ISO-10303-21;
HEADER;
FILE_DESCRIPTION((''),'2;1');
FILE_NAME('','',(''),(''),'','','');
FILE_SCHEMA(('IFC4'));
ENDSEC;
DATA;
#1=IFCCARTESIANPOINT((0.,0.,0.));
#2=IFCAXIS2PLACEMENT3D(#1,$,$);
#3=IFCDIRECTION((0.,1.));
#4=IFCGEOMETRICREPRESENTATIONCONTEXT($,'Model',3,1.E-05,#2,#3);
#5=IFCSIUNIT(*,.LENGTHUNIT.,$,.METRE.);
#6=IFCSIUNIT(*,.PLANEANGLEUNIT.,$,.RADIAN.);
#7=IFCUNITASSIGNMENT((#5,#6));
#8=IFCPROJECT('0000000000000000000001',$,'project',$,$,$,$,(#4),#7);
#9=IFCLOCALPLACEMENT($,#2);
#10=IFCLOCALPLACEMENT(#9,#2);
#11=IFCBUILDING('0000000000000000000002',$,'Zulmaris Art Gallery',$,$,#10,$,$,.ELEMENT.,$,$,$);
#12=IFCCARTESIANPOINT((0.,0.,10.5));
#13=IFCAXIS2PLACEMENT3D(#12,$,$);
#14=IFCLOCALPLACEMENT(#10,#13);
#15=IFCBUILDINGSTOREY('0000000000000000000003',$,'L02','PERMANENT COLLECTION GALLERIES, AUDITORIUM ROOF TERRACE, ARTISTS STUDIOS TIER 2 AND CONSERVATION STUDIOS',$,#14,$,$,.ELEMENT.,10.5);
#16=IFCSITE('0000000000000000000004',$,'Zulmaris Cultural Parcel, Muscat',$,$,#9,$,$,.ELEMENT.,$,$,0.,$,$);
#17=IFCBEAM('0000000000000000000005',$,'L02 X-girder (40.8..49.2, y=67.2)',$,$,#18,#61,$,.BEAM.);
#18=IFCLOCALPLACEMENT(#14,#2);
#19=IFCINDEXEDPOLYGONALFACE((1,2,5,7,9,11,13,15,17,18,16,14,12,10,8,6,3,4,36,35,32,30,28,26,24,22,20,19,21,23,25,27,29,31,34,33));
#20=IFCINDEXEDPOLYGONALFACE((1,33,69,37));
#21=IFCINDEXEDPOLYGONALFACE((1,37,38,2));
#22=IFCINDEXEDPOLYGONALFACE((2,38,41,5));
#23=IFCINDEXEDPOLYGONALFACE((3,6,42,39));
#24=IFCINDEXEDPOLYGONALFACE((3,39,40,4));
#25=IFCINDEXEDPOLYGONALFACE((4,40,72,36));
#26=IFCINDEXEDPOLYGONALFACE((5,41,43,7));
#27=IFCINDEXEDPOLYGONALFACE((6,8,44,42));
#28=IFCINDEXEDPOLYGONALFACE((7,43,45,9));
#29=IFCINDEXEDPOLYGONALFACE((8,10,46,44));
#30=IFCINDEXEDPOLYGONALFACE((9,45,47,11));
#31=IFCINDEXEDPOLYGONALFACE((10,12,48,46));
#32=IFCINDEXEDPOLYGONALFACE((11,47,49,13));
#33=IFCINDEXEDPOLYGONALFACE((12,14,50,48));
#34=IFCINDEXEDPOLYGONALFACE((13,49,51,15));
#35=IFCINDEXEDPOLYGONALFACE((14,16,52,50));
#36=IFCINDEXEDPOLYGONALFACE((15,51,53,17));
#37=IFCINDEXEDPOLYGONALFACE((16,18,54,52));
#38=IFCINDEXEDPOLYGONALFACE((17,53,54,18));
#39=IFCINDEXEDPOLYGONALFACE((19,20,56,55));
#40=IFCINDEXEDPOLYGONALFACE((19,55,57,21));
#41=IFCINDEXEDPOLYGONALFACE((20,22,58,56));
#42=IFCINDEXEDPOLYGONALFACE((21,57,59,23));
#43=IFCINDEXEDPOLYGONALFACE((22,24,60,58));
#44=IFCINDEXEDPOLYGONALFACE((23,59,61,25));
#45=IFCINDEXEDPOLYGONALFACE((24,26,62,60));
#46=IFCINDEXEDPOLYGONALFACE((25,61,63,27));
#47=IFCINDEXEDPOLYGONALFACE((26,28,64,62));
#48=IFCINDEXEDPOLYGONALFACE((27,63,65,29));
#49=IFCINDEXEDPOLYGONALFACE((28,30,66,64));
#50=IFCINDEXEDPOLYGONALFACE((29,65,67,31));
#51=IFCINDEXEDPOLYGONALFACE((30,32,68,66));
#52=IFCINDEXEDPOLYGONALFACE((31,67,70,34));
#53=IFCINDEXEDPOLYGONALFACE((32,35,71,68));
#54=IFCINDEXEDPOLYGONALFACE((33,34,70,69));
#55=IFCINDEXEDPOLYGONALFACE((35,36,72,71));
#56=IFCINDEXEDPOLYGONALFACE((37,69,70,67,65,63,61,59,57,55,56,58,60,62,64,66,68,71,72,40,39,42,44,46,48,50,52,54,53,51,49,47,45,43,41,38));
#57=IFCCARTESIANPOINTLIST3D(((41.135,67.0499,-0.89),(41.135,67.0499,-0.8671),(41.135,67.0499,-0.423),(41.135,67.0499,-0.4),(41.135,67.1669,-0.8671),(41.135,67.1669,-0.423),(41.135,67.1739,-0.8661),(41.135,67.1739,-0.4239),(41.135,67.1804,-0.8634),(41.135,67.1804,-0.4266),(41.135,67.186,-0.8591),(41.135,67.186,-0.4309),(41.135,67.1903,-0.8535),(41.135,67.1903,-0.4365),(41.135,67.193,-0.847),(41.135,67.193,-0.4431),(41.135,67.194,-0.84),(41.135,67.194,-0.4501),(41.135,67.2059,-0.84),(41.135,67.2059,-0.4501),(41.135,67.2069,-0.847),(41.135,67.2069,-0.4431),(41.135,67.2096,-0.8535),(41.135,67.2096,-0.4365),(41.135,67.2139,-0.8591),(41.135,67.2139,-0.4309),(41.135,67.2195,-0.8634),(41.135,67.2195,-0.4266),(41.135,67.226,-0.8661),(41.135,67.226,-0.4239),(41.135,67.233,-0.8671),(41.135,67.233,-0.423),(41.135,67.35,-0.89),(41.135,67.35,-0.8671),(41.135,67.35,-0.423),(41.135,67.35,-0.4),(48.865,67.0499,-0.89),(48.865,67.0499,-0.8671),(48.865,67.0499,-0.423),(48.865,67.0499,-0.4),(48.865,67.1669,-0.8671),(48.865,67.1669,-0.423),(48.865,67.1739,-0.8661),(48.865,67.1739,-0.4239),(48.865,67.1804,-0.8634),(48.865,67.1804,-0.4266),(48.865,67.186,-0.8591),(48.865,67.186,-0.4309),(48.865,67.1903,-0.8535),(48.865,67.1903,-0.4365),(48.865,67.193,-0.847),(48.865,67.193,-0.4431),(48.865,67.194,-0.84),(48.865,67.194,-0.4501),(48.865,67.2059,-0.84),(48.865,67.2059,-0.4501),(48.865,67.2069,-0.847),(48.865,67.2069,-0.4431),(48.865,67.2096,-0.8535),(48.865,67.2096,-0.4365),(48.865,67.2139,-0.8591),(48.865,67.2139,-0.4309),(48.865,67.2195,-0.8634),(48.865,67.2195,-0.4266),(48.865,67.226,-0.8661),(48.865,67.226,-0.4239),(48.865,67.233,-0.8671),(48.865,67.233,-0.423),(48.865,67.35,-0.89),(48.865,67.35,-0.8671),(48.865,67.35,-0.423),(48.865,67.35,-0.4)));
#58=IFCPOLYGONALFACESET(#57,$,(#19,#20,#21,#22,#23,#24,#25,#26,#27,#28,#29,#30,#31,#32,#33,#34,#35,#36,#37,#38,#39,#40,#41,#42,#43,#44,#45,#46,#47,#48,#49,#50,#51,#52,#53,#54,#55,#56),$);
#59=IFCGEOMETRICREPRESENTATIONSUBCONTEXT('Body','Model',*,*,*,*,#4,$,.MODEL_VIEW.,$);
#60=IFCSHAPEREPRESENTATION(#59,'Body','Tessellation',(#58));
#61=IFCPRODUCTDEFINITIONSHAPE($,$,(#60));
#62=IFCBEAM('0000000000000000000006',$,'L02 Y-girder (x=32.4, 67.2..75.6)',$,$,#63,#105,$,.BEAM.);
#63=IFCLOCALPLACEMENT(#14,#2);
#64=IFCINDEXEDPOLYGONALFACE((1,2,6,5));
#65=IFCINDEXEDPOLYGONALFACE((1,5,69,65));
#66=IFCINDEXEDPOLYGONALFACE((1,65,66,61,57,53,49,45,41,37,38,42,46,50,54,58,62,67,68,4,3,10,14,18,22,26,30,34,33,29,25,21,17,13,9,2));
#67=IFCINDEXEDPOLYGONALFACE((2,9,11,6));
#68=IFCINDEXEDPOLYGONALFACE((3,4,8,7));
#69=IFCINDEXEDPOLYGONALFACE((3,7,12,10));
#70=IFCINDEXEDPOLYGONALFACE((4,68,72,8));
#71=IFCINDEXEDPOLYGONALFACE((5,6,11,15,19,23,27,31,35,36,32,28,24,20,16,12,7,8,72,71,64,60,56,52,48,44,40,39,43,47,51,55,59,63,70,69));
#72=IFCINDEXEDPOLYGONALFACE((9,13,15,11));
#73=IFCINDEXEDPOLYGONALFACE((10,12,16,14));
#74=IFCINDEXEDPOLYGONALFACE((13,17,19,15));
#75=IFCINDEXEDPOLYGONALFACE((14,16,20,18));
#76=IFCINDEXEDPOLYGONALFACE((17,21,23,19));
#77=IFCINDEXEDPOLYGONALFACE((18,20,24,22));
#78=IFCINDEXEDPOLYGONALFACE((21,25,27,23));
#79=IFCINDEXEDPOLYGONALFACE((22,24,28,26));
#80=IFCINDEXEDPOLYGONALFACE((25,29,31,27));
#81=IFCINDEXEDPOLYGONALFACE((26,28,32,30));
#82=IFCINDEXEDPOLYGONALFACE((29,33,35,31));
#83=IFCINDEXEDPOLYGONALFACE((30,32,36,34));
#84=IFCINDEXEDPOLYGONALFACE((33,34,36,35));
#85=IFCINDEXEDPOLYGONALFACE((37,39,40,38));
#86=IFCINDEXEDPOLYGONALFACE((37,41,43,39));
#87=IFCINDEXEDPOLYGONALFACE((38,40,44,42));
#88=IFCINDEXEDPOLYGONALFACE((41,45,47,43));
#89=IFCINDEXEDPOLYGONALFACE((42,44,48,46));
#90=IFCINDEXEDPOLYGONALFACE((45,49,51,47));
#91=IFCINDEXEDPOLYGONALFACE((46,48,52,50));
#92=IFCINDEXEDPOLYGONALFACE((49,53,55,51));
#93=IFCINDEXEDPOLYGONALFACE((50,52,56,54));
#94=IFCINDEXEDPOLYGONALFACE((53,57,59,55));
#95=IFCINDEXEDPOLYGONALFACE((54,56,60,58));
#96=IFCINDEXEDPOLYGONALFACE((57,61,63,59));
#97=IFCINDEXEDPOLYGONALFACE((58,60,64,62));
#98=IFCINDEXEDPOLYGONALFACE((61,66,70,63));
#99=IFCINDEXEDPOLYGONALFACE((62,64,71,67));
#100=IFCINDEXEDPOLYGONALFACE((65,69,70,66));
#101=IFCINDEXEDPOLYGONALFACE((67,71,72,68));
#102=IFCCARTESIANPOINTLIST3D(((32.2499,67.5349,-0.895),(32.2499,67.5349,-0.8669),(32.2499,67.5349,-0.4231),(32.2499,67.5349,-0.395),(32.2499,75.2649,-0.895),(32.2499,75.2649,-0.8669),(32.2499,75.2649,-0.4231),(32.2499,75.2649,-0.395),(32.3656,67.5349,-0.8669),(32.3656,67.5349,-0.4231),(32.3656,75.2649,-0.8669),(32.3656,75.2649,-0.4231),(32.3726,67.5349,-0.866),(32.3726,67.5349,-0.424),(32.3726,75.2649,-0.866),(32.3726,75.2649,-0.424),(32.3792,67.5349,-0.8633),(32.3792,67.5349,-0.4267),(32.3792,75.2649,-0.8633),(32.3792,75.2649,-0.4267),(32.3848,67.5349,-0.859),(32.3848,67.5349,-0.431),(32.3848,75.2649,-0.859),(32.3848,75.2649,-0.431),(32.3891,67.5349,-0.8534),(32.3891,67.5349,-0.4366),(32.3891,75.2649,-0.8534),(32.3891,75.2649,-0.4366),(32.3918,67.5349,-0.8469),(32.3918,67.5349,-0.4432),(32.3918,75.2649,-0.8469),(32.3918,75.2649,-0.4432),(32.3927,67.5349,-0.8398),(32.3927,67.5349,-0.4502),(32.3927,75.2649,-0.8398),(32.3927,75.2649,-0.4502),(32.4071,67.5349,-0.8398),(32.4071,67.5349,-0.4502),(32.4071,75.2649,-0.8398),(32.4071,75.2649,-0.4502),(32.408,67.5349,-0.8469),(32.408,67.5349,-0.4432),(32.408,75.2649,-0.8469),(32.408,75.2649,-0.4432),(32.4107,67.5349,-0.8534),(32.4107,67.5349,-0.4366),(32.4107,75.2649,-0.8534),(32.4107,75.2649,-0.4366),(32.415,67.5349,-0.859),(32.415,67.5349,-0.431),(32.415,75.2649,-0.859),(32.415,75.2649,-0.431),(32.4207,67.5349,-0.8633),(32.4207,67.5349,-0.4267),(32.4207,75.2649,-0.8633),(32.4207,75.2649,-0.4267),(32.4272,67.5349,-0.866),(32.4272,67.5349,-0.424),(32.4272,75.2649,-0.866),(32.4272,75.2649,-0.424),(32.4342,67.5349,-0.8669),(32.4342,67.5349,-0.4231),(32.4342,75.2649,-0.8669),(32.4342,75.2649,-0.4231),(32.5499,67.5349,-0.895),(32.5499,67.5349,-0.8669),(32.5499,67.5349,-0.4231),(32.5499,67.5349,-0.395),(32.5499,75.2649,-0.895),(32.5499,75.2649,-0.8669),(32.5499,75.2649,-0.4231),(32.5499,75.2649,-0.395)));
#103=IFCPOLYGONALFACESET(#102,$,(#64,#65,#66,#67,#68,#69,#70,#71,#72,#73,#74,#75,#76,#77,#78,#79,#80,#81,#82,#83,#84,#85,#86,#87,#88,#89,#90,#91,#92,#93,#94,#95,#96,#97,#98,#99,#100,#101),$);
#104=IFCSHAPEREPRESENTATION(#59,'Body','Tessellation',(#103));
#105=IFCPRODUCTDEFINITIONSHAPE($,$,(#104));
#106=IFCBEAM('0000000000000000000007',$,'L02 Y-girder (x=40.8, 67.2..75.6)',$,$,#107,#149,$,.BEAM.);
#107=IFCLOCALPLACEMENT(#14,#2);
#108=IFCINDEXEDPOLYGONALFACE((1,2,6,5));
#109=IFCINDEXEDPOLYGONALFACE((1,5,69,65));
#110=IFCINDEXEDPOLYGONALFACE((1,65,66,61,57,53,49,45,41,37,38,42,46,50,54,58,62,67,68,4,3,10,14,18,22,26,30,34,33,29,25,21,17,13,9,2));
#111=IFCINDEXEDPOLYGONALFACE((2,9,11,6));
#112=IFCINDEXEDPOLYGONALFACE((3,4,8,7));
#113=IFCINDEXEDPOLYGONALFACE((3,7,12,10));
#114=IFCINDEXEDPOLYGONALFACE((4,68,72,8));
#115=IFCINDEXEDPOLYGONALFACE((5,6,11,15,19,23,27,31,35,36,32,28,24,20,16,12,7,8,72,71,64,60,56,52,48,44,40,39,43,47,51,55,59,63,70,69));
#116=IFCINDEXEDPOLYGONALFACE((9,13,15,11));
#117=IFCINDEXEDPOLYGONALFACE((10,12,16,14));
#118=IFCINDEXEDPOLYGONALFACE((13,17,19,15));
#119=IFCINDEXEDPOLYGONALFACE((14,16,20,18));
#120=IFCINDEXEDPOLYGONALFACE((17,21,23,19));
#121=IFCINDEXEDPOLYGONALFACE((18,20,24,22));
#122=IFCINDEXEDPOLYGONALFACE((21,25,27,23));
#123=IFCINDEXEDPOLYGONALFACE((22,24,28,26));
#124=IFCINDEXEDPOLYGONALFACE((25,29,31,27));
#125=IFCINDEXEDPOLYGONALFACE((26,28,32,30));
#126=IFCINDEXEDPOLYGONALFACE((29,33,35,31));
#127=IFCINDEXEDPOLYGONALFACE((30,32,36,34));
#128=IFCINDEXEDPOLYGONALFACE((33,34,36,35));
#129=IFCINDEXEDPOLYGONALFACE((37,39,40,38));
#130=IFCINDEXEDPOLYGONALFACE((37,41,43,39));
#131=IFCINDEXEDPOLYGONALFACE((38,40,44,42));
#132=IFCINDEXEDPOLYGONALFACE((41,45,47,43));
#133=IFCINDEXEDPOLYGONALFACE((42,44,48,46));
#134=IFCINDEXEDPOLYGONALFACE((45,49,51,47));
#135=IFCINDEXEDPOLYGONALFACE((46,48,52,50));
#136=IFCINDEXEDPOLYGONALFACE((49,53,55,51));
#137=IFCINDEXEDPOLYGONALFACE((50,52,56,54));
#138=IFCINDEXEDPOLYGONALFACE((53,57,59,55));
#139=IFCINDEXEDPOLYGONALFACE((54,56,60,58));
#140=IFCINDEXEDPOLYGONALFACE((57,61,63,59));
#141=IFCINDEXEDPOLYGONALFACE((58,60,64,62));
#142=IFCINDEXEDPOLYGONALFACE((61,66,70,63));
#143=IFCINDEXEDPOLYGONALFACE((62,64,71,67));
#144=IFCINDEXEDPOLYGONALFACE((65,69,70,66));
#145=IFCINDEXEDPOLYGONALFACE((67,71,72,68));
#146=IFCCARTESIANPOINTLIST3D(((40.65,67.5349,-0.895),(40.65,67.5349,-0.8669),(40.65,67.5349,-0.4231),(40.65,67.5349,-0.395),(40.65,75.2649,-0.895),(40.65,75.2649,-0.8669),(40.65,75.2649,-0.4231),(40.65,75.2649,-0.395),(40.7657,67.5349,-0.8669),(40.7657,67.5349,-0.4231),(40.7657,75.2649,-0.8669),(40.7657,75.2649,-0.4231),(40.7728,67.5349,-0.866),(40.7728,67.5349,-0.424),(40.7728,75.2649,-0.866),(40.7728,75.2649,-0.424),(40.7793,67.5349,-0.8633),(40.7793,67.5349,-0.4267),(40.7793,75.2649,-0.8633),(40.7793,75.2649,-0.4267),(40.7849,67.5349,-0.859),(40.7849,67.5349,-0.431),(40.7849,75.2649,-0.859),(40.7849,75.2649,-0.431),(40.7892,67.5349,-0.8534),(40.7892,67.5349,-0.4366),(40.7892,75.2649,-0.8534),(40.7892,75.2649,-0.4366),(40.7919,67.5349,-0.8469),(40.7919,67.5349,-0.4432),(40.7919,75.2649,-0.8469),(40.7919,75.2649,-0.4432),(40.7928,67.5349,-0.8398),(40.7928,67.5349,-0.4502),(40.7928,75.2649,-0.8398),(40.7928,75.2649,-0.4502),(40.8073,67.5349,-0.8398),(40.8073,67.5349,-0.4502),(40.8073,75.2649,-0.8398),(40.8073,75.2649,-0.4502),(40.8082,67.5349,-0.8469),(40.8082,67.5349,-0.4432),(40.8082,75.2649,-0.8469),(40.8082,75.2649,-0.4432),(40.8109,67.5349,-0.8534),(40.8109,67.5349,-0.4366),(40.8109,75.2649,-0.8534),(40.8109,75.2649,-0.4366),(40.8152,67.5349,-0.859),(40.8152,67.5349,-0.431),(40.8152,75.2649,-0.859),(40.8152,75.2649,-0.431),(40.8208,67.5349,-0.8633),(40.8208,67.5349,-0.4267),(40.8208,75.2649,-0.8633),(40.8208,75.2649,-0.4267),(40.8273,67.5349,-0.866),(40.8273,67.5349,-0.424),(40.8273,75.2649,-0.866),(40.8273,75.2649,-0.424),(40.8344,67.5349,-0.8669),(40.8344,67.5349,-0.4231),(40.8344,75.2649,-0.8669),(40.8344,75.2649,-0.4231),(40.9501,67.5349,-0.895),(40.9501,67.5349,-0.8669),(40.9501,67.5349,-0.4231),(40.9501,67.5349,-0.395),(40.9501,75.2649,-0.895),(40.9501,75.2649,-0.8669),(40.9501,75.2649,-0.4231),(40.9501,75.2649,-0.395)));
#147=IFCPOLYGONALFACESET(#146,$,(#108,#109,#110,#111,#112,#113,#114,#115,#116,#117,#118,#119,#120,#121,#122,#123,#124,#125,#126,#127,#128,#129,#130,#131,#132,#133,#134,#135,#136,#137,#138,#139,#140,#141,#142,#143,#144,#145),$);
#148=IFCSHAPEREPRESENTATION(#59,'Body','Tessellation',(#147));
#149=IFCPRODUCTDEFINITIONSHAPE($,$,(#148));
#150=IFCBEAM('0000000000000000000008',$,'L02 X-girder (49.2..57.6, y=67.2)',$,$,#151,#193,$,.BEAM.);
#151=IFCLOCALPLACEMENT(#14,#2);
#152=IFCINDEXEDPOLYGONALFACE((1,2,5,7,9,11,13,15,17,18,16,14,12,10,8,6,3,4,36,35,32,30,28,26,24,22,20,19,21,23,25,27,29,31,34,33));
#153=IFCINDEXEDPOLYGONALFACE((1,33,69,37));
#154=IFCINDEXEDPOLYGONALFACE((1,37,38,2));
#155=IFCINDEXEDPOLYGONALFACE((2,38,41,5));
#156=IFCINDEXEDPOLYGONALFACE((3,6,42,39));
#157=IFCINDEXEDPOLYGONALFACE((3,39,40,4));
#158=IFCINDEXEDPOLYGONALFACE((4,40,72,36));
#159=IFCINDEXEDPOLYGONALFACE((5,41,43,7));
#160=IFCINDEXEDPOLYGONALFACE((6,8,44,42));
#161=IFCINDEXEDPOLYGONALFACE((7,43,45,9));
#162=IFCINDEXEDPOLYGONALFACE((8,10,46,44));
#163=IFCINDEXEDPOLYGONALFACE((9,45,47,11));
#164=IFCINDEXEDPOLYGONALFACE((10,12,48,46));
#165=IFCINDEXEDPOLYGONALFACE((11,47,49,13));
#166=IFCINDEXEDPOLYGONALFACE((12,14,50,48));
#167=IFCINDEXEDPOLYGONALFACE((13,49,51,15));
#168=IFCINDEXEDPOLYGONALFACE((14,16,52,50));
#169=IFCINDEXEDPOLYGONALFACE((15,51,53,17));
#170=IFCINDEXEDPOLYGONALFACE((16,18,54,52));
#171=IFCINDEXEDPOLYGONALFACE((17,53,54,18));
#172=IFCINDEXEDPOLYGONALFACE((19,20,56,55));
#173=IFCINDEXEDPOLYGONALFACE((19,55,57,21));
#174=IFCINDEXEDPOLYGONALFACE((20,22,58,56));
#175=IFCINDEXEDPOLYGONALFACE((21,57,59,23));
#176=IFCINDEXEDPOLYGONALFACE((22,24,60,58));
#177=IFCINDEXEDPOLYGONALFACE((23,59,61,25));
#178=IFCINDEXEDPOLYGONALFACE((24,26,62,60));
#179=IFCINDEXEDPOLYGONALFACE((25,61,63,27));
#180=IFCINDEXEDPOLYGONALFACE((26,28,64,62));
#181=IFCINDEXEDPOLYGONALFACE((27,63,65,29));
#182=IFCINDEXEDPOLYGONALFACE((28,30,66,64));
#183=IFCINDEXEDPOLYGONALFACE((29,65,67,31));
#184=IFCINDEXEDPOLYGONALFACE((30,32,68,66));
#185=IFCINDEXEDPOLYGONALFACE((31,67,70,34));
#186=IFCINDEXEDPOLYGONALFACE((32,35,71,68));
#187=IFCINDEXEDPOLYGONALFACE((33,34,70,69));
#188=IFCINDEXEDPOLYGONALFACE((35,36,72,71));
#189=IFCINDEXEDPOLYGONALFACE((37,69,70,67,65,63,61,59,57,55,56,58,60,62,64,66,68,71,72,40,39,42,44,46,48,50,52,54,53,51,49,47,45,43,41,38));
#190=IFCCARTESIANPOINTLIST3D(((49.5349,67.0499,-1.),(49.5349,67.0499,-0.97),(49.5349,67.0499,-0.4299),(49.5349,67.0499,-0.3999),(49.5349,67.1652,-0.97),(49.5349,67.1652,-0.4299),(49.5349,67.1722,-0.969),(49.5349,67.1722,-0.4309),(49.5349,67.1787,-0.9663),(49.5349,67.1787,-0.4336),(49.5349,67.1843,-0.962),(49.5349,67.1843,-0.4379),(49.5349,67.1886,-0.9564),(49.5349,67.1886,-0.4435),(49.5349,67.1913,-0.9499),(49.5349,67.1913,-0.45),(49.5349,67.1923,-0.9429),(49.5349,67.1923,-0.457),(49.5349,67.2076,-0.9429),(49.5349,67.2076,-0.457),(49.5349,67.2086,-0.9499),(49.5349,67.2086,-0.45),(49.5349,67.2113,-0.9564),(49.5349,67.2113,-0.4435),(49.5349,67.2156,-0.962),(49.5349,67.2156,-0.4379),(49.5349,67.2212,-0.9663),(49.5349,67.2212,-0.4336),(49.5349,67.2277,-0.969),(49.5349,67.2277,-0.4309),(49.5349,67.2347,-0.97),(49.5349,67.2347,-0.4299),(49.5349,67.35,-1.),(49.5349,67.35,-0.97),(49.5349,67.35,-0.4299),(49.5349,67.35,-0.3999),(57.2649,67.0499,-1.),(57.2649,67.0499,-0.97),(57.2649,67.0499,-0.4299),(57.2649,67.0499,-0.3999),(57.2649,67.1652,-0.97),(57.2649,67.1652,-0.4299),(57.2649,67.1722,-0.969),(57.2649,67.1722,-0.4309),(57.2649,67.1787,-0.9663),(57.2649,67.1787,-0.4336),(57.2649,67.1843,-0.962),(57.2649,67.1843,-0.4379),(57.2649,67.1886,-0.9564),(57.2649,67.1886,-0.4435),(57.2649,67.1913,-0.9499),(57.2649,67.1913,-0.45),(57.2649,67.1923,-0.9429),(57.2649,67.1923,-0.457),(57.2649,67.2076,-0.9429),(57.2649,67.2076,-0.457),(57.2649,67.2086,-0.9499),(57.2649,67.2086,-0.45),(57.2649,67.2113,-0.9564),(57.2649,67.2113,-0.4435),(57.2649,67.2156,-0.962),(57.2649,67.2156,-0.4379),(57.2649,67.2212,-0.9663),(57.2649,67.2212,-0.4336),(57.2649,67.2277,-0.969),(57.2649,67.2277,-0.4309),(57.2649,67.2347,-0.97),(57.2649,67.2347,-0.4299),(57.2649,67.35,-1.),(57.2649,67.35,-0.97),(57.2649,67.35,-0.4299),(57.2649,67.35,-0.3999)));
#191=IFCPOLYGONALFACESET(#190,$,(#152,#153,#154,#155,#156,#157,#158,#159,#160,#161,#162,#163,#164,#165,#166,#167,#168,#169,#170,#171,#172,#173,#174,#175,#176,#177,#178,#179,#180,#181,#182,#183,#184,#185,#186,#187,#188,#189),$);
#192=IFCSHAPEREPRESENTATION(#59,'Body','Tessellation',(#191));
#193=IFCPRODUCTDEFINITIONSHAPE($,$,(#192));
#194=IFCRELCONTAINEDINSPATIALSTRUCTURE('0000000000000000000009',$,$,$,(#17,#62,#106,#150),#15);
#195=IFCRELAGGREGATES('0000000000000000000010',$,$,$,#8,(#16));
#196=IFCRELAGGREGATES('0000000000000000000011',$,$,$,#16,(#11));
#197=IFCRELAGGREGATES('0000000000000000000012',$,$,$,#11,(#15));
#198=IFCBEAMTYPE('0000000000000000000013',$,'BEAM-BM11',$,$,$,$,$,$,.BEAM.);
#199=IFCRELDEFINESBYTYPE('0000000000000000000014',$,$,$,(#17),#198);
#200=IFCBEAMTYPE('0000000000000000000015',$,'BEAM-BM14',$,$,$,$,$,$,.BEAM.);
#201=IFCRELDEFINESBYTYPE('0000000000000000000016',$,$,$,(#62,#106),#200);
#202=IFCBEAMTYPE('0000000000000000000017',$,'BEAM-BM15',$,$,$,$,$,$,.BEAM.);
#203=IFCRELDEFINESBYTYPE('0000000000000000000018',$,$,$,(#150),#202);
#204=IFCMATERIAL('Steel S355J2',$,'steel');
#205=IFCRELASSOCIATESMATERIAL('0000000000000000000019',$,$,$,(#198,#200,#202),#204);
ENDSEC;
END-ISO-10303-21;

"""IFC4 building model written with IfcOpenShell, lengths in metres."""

from ifc_helpers import new_model, si_unit, direction, frame, origin, origin_2d, place, context, subcontext, project, spatial, i_section, extrude, material, material_profile, profile_set, type_object, element, save


model = new_model("IFC4")

# Units and contexts
model_context = context("Model", 3, precision=1e-05, world=origin(), true_north=direction((0.0, 1.0)))
body_context = subcontext(model_context, "Body", "Model", "MODEL_VIEW")
ifc_project = project(units=[si_unit("LENGTHUNIT", "METRE"), si_unit("PLANEANGLEUNIT", "RADIAN")], contexts=[model_context])

# Site, building, storey
site_placement = place(None, origin())
site = spatial("IfcSite", under=ifc_project, at=site_placement, Name="Zulmaris Cultural Parcel, Muscat", CompositionType="ELEMENT", RefElevation=0.0)
building_placement = place(site_placement, origin())
building = spatial("IfcBuilding", under=site, at=building_placement, Name="Zulmaris Art Gallery", CompositionType="ELEMENT")
storey_placement = place(building_placement, frame((0.0, 0.0, 10.5)))
storey = spatial("IfcBuildingStorey", under=building, at=storey_placement, Name="L02", Description="PERMANENT COLLECTION GALLERIES, AUDITORIUM ROOF TERRACE, ARTISTS STUDIOS TIER 2 AND CONSERVATION STUDIOS", CompositionType="ELEMENT", Elevation=10.5)

# Beams
ifc_material_1 = material(Name="Steel S355J2", Category="steel")
ifc_material_profile_1 = material_profile(ifc_material_1, i_section(OverallWidth=0.3, OverallDepth=0.49, WebThickness=0.012, FlangeThickness=0.0229, FilletRadius=0.0271, at=origin_2d()), Name="HEA 500")
ifc_profile_set_1 = profile_set([ifc_material_profile_1], Name="Steel S355J2")
beam_type_1 = type_object("IfcBeamType", Name="BEAM-BM11", PredefinedType="BEAM", material=ifc_profile_set_1)
beam_1_placement = place(storey_placement, frame((41.135, 67.2, -0.645), z_axis=(1.0, 0.0, 0.0), x_axis=(0.0, 1.0, 0.0)))
element("IfcBeam", 1, at=beam_1_placement, inside=storey, type_object=beam_type_1, Name="L02 X-girder (40.8..49.2, y=67.2)", PredefinedType="BEAM", context=body_context, shape_type="SweptSolid", body=[
    extrude(i_section(OverallWidth=0.3, OverallDepth=0.49, WebThickness=0.012, FlangeThickness=0.0229, FilletRadius=0.0271, at=origin_2d()), origin(), (0.0, 0.0, 1.0), 7.73),
])
ifc_material_profile_2 = material_profile(ifc_material_1, i_section(OverallWidth=0.3, OverallDepth=0.5, WebThickness=0.0144, FlangeThickness=0.0281, FilletRadius=0.0271, at=origin_2d()), Name="HEB 500")
ifc_profile_set_2 = profile_set([ifc_material_profile_2], Name="Steel S355J2")
beam_type_2 = type_object("IfcBeamType", Name="BEAM-BM14", PredefinedType="BEAM", material=ifc_profile_set_2)
for number, where, z_axis, x_axis, name in (
    (2, (32.3999, 67.5349, -0.645), (0.0, 1.0, 0.0), (-1.0, 0.0, 0.0), "L02 Y-girder (x=32.4, 67.2..75.6)"),
    (3, (40.8, 67.5349, -0.645), (0.0, 1.0, 0.0), (-1.0, 0.0, 0.0), "L02 Y-girder (x=40.8, 67.2..75.6)"),
):
    element("IfcBeam", number, at=place(storey_placement, frame(where, z_axis=z_axis, x_axis=x_axis)), inside=storey, type_object=beam_type_2, Name=name, PredefinedType="BEAM", context=body_context, shape_type="SweptSolid", body=[
        extrude(i_section(OverallWidth=0.3, OverallDepth=0.5, WebThickness=0.0144, FlangeThickness=0.0281, FilletRadius=0.0271, at=origin_2d()), origin(), (0.0, 0.0, 1.0), 7.73),
    ])
ifc_material_profile_3 = material_profile(ifc_material_1, i_section(OverallWidth=0.3, OverallDepth=0.6001, WebThickness=0.0154, FlangeThickness=0.03, FilletRadius=0.0271, at=origin_2d()), Name="HEB 600")
ifc_profile_set_3 = profile_set([ifc_material_profile_3], Name="Steel S355J2")
beam_type_3 = type_object("IfcBeamType", Name="BEAM-BM15", PredefinedType="BEAM", material=ifc_profile_set_3)
for number, where, z_axis, x_axis, name in (
    (4, (49.5349, 67.2, -0.7), (1.0, 0.0, 0.0), (0.0, 1.0, 0.0), "L02 X-girder (49.2..57.6, y=67.2)"),
):
    element("IfcBeam", number, at=place(storey_placement, frame(where, z_axis=z_axis, x_axis=x_axis)), inside=storey, type_object=beam_type_3, Name=name, PredefinedType="BEAM", context=body_context, shape_type="SweptSolid", body=[
        extrude(i_section(OverallWidth=0.3, OverallDepth=0.6001, WebThickness=0.0154, FlangeThickness=0.03, FilletRadius=0.0271, at=origin_2d()), origin(), (0.0, 0.0, 1.0), 7.73),
    ])

save(model, "model.ifc")
